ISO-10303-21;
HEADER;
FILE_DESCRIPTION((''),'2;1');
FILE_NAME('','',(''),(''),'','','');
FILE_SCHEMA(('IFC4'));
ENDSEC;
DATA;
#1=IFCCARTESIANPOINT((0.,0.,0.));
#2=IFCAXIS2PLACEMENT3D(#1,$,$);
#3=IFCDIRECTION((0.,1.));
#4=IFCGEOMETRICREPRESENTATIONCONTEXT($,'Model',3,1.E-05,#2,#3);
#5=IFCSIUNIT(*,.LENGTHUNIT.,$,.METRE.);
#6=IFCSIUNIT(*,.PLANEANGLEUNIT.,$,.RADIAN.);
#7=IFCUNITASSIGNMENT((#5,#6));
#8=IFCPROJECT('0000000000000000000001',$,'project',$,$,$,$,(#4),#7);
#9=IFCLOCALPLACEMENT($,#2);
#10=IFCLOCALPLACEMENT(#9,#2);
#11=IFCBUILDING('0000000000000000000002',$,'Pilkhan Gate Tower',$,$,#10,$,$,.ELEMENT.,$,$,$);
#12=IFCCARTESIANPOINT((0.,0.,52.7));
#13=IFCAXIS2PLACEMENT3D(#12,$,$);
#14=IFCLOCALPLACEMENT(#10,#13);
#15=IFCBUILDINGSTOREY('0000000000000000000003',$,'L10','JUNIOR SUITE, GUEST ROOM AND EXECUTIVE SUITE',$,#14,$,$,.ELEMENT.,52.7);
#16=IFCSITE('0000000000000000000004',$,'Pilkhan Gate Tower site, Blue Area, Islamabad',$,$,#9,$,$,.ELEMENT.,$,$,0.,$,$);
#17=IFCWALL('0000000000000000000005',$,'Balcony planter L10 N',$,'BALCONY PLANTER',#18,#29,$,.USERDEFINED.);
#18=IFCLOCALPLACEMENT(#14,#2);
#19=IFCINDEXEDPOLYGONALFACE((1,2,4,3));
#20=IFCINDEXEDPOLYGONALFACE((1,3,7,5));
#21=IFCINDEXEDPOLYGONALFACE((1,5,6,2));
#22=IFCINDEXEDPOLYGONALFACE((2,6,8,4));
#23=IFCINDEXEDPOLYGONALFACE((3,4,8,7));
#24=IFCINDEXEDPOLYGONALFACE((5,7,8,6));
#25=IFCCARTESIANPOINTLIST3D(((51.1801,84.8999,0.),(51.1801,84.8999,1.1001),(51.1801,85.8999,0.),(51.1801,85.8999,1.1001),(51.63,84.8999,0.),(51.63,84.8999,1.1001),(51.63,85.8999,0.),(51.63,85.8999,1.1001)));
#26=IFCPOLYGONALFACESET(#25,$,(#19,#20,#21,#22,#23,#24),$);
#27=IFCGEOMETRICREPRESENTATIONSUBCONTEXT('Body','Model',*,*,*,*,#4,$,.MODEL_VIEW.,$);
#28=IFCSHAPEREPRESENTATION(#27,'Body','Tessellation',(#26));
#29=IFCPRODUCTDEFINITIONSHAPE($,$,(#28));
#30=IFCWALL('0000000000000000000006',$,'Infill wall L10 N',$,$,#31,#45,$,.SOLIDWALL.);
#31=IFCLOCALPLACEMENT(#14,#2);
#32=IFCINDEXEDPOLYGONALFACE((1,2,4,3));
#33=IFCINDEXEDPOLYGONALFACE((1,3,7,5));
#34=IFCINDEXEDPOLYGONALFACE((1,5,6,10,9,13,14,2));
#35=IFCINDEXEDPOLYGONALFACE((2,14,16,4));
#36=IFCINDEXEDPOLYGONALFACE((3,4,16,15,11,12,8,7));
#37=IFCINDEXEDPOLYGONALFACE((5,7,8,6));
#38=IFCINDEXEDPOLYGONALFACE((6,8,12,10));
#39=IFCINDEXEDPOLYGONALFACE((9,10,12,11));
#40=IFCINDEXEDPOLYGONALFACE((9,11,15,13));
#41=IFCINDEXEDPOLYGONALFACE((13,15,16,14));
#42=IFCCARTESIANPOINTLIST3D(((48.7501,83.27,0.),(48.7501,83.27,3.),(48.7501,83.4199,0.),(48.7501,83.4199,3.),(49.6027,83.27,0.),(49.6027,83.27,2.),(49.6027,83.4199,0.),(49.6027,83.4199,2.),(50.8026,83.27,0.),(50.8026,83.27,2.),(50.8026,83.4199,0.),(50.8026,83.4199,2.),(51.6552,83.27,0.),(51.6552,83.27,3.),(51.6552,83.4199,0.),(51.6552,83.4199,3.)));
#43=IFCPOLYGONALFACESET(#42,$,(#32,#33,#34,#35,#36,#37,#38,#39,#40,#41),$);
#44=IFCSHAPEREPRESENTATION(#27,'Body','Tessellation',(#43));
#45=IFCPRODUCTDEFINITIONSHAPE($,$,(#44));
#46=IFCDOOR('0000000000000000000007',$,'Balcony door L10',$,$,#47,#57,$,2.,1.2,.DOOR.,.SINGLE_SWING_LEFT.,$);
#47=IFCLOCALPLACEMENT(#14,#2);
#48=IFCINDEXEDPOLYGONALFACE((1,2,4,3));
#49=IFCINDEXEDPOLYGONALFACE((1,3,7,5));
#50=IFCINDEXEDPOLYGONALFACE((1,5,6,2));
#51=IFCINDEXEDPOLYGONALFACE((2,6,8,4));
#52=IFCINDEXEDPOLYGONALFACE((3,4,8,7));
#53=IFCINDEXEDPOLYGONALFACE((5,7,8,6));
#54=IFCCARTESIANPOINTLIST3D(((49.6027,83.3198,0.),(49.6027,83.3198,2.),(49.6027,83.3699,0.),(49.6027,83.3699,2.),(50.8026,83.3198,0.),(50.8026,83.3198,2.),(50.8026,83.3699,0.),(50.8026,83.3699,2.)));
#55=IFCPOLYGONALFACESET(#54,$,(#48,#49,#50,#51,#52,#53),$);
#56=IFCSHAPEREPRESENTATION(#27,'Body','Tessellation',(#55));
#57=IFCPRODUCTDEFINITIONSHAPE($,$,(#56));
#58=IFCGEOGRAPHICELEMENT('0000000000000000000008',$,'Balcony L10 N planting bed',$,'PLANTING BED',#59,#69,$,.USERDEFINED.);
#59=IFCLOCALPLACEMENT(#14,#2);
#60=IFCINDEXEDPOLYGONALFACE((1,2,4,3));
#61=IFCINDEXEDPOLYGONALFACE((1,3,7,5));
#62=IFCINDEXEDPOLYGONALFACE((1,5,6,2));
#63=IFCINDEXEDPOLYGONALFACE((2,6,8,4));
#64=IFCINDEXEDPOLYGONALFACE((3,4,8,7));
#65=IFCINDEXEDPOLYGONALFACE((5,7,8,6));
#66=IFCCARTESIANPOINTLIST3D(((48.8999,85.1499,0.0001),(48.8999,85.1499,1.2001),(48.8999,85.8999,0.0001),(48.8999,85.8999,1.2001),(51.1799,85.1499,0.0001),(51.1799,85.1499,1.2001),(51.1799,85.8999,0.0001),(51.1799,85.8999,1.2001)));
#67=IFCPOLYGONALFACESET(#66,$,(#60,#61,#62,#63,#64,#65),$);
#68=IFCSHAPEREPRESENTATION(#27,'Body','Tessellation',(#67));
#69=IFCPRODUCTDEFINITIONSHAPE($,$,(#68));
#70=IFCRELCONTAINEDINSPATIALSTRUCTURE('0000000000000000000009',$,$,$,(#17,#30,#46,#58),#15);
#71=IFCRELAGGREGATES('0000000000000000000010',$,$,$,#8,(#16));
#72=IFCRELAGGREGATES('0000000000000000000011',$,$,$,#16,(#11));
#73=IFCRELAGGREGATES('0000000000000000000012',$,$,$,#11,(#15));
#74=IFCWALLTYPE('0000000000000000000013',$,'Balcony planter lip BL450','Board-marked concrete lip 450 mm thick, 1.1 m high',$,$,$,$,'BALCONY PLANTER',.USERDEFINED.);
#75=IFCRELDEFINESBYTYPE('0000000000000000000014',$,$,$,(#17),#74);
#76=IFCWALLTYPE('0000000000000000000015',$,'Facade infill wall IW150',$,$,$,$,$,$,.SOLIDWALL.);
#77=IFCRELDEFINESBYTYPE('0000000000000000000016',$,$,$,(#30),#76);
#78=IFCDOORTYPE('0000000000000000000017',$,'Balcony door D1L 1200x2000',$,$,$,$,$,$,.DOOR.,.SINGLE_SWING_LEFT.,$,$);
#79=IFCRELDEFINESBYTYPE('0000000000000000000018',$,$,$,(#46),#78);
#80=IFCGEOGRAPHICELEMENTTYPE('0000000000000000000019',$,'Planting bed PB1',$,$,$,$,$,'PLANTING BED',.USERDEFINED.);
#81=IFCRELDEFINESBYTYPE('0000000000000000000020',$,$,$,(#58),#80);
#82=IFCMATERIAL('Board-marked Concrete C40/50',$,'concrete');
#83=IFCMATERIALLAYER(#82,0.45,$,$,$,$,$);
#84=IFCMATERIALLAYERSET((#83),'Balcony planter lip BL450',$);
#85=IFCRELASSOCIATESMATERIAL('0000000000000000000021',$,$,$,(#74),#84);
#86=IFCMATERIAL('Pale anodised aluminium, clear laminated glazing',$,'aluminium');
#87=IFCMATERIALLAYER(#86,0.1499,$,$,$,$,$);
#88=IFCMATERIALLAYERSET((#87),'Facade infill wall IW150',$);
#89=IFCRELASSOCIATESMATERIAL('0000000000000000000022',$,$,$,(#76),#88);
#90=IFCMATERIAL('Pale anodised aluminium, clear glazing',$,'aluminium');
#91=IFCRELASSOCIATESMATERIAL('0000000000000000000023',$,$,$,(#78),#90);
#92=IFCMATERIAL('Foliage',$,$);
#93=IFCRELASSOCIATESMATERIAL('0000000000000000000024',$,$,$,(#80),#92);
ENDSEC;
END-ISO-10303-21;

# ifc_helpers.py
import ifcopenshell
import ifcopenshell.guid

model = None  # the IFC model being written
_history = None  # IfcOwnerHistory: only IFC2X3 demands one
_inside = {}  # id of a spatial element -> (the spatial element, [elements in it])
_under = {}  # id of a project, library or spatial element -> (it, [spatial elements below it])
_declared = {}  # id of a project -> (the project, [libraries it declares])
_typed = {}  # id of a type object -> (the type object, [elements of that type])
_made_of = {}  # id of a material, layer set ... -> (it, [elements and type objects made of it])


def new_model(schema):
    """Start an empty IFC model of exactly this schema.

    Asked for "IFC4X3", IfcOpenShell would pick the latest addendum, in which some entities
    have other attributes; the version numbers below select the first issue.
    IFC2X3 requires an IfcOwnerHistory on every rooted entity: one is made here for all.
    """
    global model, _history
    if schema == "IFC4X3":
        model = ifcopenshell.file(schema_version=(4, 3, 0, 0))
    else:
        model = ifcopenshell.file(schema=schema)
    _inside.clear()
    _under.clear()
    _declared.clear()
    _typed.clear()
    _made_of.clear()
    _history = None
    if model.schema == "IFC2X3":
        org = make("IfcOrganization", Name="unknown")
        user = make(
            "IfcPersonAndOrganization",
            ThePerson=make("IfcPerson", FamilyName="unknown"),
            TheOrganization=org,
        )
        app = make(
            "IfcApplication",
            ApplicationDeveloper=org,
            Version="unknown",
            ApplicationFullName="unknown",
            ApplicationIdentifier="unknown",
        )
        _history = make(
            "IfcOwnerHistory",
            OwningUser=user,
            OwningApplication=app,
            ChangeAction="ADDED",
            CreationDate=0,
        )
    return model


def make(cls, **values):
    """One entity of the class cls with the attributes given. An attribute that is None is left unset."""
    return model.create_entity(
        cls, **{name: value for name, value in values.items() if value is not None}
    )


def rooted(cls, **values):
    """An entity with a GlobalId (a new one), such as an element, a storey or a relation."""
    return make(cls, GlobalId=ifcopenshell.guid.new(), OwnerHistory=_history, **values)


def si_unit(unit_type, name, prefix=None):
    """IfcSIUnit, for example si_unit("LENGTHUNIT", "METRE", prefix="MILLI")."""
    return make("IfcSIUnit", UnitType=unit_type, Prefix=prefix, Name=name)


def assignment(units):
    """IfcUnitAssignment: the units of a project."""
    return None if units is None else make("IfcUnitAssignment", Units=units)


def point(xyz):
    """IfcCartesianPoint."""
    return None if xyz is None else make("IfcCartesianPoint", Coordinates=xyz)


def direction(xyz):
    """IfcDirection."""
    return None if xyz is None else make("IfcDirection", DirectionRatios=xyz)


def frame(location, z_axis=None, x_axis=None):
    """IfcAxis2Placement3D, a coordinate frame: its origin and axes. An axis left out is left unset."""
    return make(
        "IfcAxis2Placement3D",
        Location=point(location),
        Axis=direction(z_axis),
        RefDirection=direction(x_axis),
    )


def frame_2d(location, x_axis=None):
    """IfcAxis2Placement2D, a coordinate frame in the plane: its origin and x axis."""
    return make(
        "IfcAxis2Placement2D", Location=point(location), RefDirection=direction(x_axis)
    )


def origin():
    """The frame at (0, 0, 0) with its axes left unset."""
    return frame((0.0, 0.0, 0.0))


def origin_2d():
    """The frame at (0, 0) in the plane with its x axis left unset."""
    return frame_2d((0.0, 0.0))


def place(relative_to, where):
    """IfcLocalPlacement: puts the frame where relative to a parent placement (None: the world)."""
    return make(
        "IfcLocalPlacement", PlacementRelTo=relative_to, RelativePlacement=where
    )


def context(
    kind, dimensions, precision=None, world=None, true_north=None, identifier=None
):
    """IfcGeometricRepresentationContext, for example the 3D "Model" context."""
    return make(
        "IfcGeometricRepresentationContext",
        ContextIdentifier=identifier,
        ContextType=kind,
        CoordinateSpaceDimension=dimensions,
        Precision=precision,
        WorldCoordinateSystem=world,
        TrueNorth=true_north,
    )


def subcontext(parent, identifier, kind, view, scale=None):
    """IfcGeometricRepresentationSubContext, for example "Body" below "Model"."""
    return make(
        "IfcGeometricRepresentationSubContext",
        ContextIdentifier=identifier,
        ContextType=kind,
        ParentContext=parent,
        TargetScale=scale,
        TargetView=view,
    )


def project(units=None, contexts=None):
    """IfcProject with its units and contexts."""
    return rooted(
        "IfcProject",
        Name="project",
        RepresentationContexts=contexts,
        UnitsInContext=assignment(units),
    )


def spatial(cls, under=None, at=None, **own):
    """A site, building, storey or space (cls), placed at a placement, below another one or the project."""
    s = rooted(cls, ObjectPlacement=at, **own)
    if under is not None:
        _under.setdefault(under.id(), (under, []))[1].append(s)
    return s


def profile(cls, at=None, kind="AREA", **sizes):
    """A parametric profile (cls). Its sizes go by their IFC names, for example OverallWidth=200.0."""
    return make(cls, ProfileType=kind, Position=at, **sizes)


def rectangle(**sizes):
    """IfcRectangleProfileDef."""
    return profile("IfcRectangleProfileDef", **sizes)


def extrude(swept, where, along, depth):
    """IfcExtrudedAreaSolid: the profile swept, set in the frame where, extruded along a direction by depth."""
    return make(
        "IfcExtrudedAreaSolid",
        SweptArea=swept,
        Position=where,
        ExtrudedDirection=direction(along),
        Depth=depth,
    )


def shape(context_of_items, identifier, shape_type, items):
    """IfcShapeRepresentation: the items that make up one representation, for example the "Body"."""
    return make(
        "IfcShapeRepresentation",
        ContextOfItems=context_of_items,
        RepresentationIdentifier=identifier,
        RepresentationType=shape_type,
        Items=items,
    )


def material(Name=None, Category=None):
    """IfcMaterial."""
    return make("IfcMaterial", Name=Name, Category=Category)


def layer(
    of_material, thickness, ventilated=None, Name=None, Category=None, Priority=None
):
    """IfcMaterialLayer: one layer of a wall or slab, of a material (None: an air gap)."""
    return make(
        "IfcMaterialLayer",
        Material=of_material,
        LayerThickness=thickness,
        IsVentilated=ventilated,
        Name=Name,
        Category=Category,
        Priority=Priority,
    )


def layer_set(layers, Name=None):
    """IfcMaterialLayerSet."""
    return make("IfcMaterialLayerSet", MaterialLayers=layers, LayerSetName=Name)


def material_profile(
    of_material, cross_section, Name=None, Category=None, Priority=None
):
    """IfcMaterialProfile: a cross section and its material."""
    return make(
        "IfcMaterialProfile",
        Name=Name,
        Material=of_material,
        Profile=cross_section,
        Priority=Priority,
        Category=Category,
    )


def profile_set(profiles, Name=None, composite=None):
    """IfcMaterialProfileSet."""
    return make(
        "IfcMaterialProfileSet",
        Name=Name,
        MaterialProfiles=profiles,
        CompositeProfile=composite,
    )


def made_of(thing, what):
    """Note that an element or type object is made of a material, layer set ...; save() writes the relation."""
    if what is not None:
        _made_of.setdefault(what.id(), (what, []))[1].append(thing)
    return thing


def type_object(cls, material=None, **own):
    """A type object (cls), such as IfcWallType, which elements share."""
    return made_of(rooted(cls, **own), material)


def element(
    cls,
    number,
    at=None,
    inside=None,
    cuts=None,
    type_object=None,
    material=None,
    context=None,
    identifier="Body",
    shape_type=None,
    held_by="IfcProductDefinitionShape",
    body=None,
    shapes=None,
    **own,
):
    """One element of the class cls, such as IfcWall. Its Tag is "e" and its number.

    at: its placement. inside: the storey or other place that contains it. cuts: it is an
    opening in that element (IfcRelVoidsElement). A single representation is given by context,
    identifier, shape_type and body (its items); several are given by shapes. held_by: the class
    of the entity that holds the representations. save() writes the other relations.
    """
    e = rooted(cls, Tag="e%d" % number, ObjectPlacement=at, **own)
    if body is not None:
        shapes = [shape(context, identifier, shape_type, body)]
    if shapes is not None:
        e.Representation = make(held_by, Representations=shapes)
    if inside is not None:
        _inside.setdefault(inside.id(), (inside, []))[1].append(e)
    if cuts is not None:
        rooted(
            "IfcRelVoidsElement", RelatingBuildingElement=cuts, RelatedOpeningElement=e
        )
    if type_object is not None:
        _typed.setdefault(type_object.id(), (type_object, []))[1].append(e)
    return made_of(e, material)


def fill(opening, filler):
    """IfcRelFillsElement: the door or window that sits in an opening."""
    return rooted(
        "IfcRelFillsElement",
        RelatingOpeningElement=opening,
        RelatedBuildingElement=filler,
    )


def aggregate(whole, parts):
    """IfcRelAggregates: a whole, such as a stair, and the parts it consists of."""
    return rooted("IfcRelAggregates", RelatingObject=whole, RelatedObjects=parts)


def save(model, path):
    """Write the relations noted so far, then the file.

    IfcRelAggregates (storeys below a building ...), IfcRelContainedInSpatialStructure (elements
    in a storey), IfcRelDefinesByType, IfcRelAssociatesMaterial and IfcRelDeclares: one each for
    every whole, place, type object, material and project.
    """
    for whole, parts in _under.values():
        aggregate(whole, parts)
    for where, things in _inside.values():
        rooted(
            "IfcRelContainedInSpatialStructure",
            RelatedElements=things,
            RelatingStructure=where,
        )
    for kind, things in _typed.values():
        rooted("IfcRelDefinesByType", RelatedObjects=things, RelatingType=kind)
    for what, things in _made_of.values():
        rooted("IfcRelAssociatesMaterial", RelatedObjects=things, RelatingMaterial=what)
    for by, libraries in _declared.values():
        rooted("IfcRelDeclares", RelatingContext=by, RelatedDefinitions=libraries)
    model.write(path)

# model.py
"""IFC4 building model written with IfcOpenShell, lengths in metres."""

from ifc_helpers import new_model, si_unit, direction, frame, frame_2d, origin, origin_2d, place, context, subcontext, project, spatial, rectangle, extrude, material, layer, layer_set, material_profile, profile_set, type_object, element, fill, save


model = new_model("IFC4")

# Units and contexts
model_context = context("Model", 3, precision=1e-05, world=origin(), true_north=direction((0.0, 1.0)))
body_context = subcontext(model_context, "Body", "Model", "MODEL_VIEW")
ifc_project = project(units=[si_unit("LENGTHUNIT", "METRE"), si_unit("PLANEANGLEUNIT", "RADIAN")], contexts=[model_context])

# Site, building, storey
site_placement = place(None, origin())
site = spatial("IfcSite", under=ifc_project, at=site_placement, Name="Pilkhan Gate Tower site, Blue Area, Islamabad", CompositionType="ELEMENT", RefElevation=0.0)
building_placement = place(site_placement, origin())
building = spatial("IfcBuilding", under=site, at=building_placement, Name="Pilkhan Gate Tower", CompositionType="ELEMENT")
storey_placement = place(building_placement, frame((0.0, 0.0, 52.7)))
storey = spatial("IfcBuildingStorey", under=building, at=storey_placement, Name="L10", Description="JUNIOR SUITE, GUEST ROOM AND EXECUTIVE SUITE", CompositionType="ELEMENT", Elevation=52.7)

# Wall
ifc_material_1 = material(Name="Board-marked Concrete C40/50", Category="concrete")
ifc_layer_1 = layer(ifc_material_1, 0.45)
ifc_layer_set_1 = layer_set([ifc_layer_1], Name="Balcony planter lip BL450")
wall_type_1 = type_object("IfcWallType", Name="Balcony planter lip BL450", Description="Board-marked concrete lip 450 mm thick, 1.1 m high", ElementType="BALCONY PLANTER", PredefinedType="USERDEFINED", material=ifc_layer_set_1)
for number, where, z_axis, x_axis, name in (
    (1, (51.405, 84.8999, 0.0), (0.0, 0.0, 1.0), (0.0, 1.0, 0.0), "Balcony planter L10 N"),
):
    element("IfcWall", number, at=place(storey_placement, frame(where, z_axis=z_axis, x_axis=x_axis)), inside=storey, type_object=wall_type_1, Name=name, ObjectType="BALCONY PLANTER", PredefinedType="USERDEFINED", context=body_context, shape_type="SweptSolid", body=[
        extrude(rectangle(XDim=1.0, YDim=0.45, at=frame_2d((0.5, 0.0))), origin(), (0.0, 0.0, 1.0), 1.1001),
    ])

# Wall, opening, door
ifc_material_2 = material(Name="Pale anodised aluminium, clear laminated glazing", Category="aluminium")
ifc_layer_2 = layer(ifc_material_2, 0.1499)
ifc_layer_set_2 = layer_set([ifc_layer_2], Name="Facade infill wall IW150")
wall_type_2 = type_object("IfcWallType", Name="Facade infill wall IW150", PredefinedType="SOLIDWALL", material=ifc_layer_set_2)
wall_1_placement = place(storey_placement, frame((48.75, 83.345, 0.0), z_axis=(0.0, 0.0, 1.0), x_axis=(1.0, 0.0, 0.0)))
wall_1 = element("IfcWall", 2, at=wall_1_placement, inside=storey, type_object=wall_type_2, Name="Infill wall L10 N", PredefinedType="SOLIDWALL", context=body_context, shape_type="SweptSolid", body=[
    extrude(rectangle(XDim=2.905, YDim=0.1499, at=frame_2d((1.4526, 0.0))), origin(), (0.0, 0.0, 1.0), 3.0),
])
opening_placement = place(wall_1_placement, frame((0.8525, 0.0, 0.0)))
opening = element("IfcOpeningElement", 3, at=opening_placement, cuts=wall_1, PredefinedType="OPENING", context=body_context, shape_type="SweptSolid", body=[
    extrude(rectangle(XDim=1.2, YDim=2.0, at=frame_2d((0.6001, 1.0))), frame((0.0, 0.085, 0.0), z_axis=(0.0, -1.0, 0.0), x_axis=(1.0, 0.0, 0.0)), (0.0, 0.0, 1.0), 0.1699),
])
ifc_material_3 = material(Name="Pale anodised aluminium, clear glazing", Category="aluminium")
door_type = type_object("IfcDoorType", Name="Balcony door D1L 1200x2000", OperationType="SINGLE_SWING_LEFT", PredefinedType="DOOR", material=ifc_material_3)
door_placement = place(opening_placement, origin())
door = element("IfcDoor", 4, at=door_placement, inside=storey, type_object=door_type, Name="Balcony door L10", OperationType="SINGLE_SWING_LEFT", OverallHeight=2.0, OverallWidth=1.2, PredefinedType="DOOR", context=body_context, shape_type="SweptSolid", body=[
    extrude(rectangle(XDim=1.2, YDim=2.0, at=frame_2d((0.6001, 1.0))), frame((0.0, 0.0249, 0.0), z_axis=(0.0, -1.0, 0.0), x_axis=(1.0, 0.0, 0.0)), (0.0, 0.0, 1.0), 0.05),
])
fill(opening, door)

# Geographic element
ifc_material_4 = material(Name="Foliage")
ifc_material_profile_1 = material_profile(ifc_material_4, rectangle(XDim=0.75, YDim=1.2, at=origin_2d()), Name="Bed 750x1200")
ifc_profile_set_1 = profile_set([ifc_material_profile_1], Name="Foliage")
geographic_element_type = type_object("IfcGeographicElementType", Name="Planting bed PB1", ElementType="PLANTING BED", PredefinedType="USERDEFINED", material=ifc_profile_set_1)
geographic_element_placement = place(storey_placement, frame((48.8999, 85.5249, 0.6001), z_axis=(1.0, 0.0, 0.0), x_axis=(0.0, 1.0, 0.0)))
element("IfcGeographicElement", 5, at=geographic_element_placement, inside=storey, type_object=geographic_element_type, Name="Balcony L10 N planting bed", ObjectType="PLANTING BED", PredefinedType="USERDEFINED", context=body_context, shape_type="SweptSolid", body=[
    extrude(rectangle(XDim=0.75, YDim=1.2, at=origin_2d()), origin(), (0.0, 0.0, 1.0), 2.28),
])

save(model, "model.ifc")
